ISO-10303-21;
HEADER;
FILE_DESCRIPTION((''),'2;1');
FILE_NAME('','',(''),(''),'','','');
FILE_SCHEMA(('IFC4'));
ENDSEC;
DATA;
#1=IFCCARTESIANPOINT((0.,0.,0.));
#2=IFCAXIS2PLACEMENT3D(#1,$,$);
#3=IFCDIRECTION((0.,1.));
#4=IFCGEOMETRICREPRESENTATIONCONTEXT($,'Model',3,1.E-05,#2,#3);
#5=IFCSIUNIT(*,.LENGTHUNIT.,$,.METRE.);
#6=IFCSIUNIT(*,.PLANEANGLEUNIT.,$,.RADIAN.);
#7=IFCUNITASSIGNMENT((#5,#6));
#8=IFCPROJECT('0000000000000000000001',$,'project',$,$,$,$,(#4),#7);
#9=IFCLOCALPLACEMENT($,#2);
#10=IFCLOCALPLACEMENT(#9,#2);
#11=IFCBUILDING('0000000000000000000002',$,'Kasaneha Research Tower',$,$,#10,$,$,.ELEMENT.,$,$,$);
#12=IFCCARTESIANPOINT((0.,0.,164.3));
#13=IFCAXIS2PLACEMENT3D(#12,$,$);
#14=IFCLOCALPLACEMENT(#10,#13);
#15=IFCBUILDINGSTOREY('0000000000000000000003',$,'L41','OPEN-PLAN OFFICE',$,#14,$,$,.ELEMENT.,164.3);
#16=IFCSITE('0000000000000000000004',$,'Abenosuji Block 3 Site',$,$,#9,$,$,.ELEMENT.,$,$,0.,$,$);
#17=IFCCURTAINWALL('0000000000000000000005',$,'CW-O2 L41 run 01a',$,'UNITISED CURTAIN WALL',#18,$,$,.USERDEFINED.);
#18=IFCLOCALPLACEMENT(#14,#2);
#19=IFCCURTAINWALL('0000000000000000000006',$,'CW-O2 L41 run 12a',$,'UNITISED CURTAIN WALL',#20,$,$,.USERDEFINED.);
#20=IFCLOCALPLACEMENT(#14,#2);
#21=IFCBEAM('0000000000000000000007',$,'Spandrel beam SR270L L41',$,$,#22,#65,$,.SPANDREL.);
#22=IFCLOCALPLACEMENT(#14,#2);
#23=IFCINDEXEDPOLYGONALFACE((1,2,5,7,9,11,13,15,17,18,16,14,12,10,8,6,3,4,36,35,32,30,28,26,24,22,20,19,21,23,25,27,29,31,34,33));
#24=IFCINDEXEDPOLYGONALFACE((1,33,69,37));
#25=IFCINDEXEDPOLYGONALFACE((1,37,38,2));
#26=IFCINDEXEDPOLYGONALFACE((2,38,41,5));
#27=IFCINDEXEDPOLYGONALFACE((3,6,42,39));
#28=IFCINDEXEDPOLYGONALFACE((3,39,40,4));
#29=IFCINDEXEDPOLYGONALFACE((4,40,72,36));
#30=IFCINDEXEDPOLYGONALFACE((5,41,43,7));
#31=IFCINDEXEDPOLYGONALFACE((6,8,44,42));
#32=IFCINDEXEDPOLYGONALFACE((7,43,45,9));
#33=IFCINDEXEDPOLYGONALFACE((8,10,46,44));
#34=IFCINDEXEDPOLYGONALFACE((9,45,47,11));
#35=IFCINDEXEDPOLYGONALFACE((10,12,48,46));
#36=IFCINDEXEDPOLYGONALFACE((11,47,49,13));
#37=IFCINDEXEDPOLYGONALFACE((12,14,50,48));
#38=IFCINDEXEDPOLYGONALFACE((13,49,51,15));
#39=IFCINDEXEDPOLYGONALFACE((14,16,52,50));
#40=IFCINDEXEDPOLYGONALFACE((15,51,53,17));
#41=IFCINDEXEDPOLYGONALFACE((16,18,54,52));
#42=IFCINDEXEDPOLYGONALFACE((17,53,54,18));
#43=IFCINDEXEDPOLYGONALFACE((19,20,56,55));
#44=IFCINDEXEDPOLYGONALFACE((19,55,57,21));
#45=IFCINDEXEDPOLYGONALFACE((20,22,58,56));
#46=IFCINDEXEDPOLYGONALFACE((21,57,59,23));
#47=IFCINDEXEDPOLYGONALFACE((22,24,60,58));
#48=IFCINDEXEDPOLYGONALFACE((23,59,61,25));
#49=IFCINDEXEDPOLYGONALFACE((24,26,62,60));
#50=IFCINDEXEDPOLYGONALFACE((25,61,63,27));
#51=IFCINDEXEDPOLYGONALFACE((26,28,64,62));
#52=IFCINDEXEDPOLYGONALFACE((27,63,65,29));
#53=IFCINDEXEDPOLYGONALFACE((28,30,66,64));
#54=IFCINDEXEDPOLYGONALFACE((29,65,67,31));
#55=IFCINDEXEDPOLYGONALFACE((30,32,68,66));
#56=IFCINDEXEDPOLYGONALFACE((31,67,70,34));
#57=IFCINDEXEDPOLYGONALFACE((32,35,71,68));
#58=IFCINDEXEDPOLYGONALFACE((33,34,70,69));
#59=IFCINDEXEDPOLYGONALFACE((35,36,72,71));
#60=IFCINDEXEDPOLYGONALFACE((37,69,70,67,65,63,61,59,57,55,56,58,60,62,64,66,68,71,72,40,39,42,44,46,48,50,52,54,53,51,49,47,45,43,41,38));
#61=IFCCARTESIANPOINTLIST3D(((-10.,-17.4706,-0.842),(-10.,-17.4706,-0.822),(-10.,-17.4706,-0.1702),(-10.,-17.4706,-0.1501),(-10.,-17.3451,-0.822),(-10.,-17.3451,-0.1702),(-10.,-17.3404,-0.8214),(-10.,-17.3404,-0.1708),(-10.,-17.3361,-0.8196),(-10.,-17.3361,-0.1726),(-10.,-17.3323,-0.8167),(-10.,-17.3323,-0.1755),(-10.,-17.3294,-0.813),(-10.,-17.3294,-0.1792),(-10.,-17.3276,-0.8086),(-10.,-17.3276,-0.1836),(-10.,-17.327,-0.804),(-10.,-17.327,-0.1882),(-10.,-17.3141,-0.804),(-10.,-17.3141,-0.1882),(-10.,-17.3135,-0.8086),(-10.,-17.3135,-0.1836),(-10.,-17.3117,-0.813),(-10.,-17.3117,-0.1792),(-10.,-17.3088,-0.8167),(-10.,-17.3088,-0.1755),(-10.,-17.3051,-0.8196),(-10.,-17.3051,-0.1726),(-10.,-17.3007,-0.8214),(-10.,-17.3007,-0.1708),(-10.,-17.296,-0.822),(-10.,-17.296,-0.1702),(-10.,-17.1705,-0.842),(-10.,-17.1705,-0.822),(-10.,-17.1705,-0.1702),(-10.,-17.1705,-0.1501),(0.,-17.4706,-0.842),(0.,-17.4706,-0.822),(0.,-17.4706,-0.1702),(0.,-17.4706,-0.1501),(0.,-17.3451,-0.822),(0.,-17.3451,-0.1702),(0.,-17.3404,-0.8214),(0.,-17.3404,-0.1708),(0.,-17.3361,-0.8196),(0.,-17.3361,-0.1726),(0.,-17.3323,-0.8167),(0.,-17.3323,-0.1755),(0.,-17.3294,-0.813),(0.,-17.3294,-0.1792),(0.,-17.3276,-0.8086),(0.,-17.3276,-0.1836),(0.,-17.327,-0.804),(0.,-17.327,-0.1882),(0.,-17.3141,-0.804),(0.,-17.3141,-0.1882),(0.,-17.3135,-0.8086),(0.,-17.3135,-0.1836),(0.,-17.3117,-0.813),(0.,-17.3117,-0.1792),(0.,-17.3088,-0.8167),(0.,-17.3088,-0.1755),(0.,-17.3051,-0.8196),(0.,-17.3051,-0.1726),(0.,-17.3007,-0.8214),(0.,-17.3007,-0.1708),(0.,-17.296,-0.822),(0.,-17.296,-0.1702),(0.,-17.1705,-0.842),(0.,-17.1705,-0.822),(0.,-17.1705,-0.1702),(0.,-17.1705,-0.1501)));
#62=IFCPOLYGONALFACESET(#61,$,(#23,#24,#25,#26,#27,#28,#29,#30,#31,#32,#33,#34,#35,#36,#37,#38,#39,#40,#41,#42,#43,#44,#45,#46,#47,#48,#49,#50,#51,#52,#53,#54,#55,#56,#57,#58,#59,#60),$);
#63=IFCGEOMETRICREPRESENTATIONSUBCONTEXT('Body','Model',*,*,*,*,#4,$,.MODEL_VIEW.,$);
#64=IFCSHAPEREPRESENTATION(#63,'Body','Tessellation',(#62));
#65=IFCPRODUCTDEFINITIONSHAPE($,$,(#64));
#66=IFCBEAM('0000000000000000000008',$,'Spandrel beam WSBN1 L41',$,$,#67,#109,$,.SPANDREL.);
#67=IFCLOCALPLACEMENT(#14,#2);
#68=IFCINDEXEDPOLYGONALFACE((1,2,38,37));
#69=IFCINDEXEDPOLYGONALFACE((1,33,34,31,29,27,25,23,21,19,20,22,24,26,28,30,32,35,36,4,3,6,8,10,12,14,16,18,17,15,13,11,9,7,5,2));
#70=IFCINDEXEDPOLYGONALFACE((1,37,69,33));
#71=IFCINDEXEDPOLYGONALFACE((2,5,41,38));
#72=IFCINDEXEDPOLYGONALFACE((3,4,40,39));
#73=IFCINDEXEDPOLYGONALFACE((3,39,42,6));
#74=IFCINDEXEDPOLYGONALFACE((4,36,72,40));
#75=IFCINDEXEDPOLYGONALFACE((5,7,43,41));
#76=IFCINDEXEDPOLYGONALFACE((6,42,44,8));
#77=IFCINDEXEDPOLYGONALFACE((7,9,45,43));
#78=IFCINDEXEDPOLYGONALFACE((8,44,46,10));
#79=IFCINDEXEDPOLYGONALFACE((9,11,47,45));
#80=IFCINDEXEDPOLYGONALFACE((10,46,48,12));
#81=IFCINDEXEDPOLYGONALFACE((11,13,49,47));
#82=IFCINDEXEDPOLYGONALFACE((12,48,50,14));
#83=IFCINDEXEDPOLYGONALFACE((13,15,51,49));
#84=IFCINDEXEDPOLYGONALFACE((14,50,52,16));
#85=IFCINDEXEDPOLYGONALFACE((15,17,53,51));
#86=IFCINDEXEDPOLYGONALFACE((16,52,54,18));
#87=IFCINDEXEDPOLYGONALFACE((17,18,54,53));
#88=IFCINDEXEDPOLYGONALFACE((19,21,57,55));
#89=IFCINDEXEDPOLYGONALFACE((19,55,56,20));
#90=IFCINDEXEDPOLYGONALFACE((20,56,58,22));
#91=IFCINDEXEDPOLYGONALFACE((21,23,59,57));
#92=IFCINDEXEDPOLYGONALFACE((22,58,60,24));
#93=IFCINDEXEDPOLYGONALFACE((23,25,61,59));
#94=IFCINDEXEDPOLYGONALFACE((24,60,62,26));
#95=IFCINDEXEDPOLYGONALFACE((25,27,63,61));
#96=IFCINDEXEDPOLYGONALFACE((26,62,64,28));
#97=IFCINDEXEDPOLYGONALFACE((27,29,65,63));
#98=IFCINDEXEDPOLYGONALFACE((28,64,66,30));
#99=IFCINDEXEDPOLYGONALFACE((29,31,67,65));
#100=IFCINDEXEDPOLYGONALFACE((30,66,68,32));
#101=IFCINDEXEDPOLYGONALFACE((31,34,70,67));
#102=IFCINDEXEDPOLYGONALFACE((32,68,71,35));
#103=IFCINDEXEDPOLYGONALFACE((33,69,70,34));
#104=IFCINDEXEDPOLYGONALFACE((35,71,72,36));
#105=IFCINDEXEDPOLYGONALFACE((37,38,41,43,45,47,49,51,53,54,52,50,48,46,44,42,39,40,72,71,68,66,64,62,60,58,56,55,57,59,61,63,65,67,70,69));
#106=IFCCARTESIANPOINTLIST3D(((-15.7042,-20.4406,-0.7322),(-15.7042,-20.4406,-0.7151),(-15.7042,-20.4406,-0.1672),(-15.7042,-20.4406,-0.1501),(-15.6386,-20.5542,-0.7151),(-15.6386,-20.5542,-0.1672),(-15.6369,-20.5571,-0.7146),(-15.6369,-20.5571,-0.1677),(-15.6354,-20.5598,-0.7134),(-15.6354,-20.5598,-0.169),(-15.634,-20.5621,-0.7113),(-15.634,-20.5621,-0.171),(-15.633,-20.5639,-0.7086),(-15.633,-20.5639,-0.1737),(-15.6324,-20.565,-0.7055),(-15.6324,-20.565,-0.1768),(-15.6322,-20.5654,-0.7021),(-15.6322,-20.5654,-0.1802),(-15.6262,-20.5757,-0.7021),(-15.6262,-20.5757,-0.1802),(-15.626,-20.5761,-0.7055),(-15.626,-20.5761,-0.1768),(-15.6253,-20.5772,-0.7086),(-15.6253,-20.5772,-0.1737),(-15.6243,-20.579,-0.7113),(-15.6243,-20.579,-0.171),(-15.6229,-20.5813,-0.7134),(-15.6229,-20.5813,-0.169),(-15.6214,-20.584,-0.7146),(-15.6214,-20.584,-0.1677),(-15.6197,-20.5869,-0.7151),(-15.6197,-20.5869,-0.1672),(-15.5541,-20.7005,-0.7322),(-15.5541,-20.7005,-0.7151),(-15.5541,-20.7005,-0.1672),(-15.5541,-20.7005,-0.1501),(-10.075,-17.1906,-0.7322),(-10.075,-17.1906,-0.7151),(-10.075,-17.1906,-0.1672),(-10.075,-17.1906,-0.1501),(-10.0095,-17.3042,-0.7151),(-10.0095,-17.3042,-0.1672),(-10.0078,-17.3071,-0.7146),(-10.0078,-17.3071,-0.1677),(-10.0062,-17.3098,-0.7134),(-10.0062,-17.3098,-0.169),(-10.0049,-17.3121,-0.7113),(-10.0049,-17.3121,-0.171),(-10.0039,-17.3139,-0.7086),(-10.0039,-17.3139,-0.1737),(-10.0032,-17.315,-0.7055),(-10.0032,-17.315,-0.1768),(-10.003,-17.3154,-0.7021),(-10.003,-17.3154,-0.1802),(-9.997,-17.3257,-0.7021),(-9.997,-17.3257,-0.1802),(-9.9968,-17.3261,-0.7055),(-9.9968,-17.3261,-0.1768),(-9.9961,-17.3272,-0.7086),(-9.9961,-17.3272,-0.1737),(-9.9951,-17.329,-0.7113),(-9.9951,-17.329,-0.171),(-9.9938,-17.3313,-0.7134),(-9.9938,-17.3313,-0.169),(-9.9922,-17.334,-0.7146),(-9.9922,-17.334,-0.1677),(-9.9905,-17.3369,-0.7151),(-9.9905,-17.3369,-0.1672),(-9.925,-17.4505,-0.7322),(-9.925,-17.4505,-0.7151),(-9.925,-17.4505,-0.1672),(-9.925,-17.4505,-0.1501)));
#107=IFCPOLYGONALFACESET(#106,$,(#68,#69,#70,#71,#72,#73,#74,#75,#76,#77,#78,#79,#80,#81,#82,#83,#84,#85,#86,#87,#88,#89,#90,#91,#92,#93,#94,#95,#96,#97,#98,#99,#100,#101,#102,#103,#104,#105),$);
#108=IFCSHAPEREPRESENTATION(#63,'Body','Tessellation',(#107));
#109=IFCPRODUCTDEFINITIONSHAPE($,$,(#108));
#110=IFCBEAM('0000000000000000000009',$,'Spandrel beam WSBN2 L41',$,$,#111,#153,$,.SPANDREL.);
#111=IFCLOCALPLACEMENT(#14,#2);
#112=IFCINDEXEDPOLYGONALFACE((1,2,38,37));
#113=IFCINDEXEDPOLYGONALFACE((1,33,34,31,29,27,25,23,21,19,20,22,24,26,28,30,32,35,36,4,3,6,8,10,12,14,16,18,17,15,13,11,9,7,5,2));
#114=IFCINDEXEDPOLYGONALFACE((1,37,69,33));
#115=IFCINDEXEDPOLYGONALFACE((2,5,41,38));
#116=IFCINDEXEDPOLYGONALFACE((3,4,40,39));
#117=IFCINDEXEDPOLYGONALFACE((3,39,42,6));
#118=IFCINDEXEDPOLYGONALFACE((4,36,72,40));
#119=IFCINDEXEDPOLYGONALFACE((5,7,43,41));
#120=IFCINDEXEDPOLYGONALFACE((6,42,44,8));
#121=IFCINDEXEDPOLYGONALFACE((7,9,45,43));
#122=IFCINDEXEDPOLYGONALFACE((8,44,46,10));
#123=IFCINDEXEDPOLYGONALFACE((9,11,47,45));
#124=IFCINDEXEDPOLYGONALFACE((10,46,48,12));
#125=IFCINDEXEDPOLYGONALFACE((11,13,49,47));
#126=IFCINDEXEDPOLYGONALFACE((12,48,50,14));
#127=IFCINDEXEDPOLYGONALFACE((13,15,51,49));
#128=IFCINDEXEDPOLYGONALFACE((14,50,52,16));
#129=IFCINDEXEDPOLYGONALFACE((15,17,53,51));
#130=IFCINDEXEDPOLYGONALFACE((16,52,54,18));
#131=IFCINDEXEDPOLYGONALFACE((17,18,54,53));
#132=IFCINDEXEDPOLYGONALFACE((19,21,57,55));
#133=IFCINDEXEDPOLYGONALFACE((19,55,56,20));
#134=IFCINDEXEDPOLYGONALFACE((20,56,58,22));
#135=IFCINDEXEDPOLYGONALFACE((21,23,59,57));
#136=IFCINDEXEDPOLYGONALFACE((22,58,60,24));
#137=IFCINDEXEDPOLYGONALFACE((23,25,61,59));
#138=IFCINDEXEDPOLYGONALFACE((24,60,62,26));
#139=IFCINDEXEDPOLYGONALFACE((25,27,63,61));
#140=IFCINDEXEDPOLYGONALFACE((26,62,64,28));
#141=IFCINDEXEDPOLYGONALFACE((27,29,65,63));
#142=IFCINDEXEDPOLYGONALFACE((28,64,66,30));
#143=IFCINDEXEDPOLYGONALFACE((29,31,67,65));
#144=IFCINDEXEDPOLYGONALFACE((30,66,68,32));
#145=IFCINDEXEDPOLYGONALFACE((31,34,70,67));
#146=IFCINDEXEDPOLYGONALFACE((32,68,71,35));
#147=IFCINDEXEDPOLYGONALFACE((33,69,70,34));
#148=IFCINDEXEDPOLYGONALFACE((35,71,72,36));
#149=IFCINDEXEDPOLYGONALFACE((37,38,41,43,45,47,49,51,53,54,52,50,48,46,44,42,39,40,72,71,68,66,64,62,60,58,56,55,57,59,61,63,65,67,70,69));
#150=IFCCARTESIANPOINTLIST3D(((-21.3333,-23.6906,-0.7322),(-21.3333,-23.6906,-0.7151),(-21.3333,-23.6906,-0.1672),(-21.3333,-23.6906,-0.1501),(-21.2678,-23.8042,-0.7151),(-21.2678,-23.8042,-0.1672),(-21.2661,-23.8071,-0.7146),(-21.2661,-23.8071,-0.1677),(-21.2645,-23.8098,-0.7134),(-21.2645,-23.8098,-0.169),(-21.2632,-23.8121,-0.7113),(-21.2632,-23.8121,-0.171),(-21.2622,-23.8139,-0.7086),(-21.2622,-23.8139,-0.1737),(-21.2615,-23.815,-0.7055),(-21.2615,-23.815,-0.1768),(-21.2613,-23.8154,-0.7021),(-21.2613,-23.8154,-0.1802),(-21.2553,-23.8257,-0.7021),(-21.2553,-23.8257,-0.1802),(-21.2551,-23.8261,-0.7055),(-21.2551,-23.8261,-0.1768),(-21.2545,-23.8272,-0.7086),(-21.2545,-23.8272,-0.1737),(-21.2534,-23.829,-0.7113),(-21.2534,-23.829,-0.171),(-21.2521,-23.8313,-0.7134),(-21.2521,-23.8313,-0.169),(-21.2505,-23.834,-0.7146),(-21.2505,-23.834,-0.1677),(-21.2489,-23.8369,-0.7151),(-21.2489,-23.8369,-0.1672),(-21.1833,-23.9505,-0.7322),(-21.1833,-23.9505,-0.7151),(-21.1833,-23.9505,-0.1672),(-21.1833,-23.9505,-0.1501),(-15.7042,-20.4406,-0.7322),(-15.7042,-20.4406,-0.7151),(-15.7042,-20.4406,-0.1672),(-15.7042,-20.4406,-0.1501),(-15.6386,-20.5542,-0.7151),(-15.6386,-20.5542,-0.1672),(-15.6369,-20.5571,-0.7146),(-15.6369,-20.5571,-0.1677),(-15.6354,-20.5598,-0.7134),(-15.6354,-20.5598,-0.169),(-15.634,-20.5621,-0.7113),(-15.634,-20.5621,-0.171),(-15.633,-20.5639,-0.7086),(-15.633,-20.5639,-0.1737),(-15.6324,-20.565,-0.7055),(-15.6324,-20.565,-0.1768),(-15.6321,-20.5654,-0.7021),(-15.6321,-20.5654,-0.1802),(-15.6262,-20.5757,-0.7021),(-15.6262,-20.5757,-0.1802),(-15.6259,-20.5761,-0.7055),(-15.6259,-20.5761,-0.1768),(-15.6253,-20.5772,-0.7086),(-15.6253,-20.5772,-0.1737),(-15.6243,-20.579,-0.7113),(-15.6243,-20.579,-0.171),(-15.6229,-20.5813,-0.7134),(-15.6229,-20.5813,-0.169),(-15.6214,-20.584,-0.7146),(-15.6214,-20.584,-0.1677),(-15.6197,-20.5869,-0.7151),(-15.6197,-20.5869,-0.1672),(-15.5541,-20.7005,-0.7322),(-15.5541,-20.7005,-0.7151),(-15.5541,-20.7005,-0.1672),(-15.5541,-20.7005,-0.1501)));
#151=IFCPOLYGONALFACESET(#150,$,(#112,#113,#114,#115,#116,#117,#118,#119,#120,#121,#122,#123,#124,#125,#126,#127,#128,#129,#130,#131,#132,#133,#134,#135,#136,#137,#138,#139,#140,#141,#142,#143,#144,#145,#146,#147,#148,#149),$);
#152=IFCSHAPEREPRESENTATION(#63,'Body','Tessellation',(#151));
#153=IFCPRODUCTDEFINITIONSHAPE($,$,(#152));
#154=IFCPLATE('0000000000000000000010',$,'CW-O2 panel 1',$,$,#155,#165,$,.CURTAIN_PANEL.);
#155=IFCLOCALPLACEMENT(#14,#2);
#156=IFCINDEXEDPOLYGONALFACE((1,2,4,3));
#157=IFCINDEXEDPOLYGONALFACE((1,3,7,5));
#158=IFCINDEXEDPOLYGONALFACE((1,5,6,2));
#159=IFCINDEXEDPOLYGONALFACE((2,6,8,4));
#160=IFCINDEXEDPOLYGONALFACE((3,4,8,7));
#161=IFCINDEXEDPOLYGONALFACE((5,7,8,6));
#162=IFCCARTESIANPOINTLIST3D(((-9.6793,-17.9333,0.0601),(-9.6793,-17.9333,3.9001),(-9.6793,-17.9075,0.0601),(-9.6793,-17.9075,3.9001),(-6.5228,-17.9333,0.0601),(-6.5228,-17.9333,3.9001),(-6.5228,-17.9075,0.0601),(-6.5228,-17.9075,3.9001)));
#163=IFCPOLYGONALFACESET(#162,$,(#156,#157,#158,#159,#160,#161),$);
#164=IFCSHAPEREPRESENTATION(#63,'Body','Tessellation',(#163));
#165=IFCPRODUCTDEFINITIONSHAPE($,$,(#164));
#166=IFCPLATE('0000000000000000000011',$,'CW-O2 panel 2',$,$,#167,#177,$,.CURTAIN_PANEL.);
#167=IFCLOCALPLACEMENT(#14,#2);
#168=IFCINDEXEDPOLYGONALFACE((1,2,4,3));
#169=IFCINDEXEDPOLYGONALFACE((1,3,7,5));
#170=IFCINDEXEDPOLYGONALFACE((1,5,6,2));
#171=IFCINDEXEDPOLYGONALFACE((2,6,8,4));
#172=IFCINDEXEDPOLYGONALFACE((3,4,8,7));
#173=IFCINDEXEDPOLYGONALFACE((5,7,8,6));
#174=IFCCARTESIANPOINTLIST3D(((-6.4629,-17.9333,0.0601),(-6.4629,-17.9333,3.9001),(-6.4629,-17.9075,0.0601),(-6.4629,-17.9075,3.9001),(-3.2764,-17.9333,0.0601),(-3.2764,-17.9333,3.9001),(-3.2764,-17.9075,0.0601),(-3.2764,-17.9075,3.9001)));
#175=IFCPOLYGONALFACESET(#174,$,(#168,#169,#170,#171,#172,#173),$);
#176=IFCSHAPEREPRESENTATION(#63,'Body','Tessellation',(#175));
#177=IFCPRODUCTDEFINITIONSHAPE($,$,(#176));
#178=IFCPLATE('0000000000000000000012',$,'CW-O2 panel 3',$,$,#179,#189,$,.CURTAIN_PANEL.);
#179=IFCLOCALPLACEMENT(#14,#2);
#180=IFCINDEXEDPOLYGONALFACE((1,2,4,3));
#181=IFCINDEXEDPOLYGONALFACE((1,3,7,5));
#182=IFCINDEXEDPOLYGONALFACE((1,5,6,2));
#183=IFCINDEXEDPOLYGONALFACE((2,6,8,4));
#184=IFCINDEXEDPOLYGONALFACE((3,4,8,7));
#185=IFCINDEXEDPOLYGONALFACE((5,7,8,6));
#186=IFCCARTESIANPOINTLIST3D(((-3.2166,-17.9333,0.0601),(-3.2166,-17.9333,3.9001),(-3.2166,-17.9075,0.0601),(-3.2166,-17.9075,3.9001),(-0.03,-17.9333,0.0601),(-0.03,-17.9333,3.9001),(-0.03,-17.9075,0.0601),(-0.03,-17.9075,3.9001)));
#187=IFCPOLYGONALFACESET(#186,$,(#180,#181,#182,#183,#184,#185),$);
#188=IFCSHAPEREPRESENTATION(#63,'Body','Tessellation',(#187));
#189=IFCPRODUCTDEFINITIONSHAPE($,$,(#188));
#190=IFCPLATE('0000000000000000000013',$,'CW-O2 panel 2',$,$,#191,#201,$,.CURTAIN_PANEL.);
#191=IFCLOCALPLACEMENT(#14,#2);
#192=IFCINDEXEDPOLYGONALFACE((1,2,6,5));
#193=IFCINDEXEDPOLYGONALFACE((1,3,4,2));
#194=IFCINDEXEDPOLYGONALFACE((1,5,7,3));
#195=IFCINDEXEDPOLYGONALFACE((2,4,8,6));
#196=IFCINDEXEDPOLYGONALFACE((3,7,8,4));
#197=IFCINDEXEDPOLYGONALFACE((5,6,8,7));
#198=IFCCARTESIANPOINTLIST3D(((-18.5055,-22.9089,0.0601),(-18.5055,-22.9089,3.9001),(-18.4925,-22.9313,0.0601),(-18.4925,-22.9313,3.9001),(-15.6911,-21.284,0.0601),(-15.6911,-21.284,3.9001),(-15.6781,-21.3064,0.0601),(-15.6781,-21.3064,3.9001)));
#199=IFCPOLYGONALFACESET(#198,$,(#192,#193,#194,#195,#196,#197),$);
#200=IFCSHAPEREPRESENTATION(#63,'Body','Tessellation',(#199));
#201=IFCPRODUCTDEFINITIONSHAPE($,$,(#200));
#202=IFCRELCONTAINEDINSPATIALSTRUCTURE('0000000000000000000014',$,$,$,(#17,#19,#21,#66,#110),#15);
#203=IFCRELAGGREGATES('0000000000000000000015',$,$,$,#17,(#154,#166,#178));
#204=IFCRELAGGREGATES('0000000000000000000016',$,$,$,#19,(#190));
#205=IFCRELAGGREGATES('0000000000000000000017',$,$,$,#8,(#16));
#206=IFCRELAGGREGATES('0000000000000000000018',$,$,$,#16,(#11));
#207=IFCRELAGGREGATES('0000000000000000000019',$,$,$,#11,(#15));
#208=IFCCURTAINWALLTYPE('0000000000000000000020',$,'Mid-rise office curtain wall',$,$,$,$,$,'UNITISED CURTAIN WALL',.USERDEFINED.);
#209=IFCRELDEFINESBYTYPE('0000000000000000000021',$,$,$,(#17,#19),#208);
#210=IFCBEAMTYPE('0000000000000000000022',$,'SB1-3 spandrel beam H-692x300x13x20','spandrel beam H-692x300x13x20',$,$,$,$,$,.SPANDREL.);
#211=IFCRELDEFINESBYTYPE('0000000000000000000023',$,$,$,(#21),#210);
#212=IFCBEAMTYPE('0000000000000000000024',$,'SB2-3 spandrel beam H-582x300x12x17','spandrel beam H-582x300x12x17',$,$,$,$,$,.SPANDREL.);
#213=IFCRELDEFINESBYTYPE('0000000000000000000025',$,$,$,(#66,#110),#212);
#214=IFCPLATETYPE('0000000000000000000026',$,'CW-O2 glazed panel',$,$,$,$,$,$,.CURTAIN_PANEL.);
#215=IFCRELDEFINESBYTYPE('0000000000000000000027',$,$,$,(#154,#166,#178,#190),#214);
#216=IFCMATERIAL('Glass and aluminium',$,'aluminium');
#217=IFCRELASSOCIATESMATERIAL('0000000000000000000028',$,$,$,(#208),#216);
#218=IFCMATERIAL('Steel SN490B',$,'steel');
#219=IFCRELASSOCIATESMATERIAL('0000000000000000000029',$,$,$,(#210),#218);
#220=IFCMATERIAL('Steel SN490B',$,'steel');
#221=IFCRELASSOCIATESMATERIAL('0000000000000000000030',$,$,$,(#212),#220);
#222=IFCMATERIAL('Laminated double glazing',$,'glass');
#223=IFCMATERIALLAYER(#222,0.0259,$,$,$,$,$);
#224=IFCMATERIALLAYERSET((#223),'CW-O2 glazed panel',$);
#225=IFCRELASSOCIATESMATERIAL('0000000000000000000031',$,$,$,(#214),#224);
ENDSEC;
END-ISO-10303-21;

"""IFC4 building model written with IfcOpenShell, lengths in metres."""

from ifc_helpers import new_model, si_unit, direction, frame, origin, origin_2d, place, context, subcontext, project, spatial, rectangle, i_section, extrude, material, layer, layer_set, material_profile, profile_set, type_object, element, aggregate, save


model = new_model("IFC4")

# Units and contexts
model_context = context("Model", 3, precision=1e-05, world=origin(), true_north=direction((0.0, 1.0)))
body_context = subcontext(model_context, "Body", "Model", "MODEL_VIEW")
ifc_project = project(units=[si_unit("LENGTHUNIT", "METRE"), si_unit("PLANEANGLEUNIT", "RADIAN")], contexts=[model_context])

# Site, building, storey
site_placement = place(None, origin())
site = spatial("IfcSite", under=ifc_project, at=site_placement, Name="Abenosuji Block 3 Site", CompositionType="ELEMENT", RefElevation=0.0)
building_placement = place(site_placement, origin())
building = spatial("IfcBuilding", under=site, at=building_placement, Name="Kasaneha Research Tower", CompositionType="ELEMENT")
storey_placement = place(building_placement, frame((0.0, 0.0, 164.3)))
storey = spatial("IfcBuildingStorey", under=building, at=storey_placement, Name="L41", Description="OPEN-PLAN OFFICE", CompositionType="ELEMENT", Elevation=164.3)

# Curtain walls
ifc_material_1 = material(Name="Glass and aluminium", Category="aluminium")
curtain_wall_type = type_object("IfcCurtainWallType", Name="Mid-rise office curtain wall", ElementType="UNITISED CURTAIN WALL", PredefinedType="USERDEFINED", material=ifc_material_1)
curtain_wall_1_placement = place(storey_placement, origin())
curtain_wall_1 = element("IfcCurtainWall", 1, at=curtain_wall_1_placement, inside=storey, type_object=curtain_wall_type, Name="CW-O2 L41 run 01a", ObjectType="UNITISED CURTAIN WALL", PredefinedType="USERDEFINED")
curtain_wall_2_placement = place(storey_placement, origin())
curtain_wall_2 = element("IfcCurtainWall", 2, at=curtain_wall_2_placement, inside=storey, type_object=curtain_wall_type, Name="CW-O2 L41 run 12a", ObjectType="UNITISED CURTAIN WALL", PredefinedType="USERDEFINED")

# Beams
ifc_material_2 = material(Name="Steel SN490B", Category="steel")
ifc_material_profile_1 = material_profile(ifc_material_2, i_section(OverallWidth=0.3, OverallDepth=0.6919, WebThickness=0.0129, FlangeThickness=0.02, FilletRadius=0.0181, at=origin_2d()), Name="H-692x300x13x20")
ifc_profile_set_1 = profile_set([ifc_material_profile_1], Name="Steel SN490B")
beam_type_1 = type_object("IfcBeamType", Name="SB1-3 spandrel beam H-692x300x13x20", Description="spandrel beam H-692x300x13x20", PredefinedType="SPANDREL", material=ifc_profile_set_1)
beam_1_placement = place(storey_placement, frame((-10.0, -17.3206, -0.4961), z_axis=(1.0, 0.0, 0.0), x_axis=(0.0, 1.0, 0.0)))
element("IfcBeam", 3, at=beam_1_placement, inside=storey, type_object=beam_type_1, Name="Spandrel beam SR270L L41", PredefinedType="SPANDREL", context=body_context, shape_type="SweptSolid", body=[
    extrude(i_section(OverallWidth=0.3, OverallDepth=0.6919, WebThickness=0.0129, FlangeThickness=0.02, FilletRadius=0.0181, at=origin_2d()), origin(), (0.0, 0.0, 1.0), 10.0),
])
ifc_material_3 = material(Name="Steel SN490B", Category="steel")
ifc_material_profile_2 = material_profile(ifc_material_3, i_section(OverallWidth=0.3, OverallDepth=0.582, WebThickness=0.012, FlangeThickness=0.0171, FilletRadius=0.0129, at=origin_2d()), Name="H-582x300x12x17")
ifc_profile_set_2 = profile_set([ifc_material_profile_2], Name="Steel SN490B")
beam_type_2 = type_object("IfcBeamType", Name="SB2-3 spandrel beam H-582x300x12x17", Description="spandrel beam H-582x300x12x17", PredefinedType="SPANDREL", material=ifc_profile_set_2)
for number, where, z_axis, x_axis, name in (
    (4, (-10.0, -17.3206, -0.4412), (-0.866025, -0.500001, 0.0), (0.500001, -0.866025, 0.0), "Spandrel beam WSBN1 L41"),
    (5, (-15.6292, -20.5706, -0.4412), (-0.866025, -0.500001, 0.0), (0.500001, -0.866025, 0.0), "Spandrel beam WSBN2 L41"),
):
    element("IfcBeam", number, at=place(storey_placement, frame(where, z_axis=z_axis, x_axis=x_axis)), inside=storey, type_object=beam_type_2, Name=name, PredefinedType="SPANDREL", context=body_context, shape_type="SweptSolid", body=[
        extrude(i_section(OverallWidth=0.3, OverallDepth=0.582, WebThickness=0.012, FlangeThickness=0.0171, FilletRadius=0.0129, at=origin_2d()), origin(), (0.0, 0.0, 1.0), 6.5),
    ])

# Plates
ifc_material_4 = material(Name="Laminated double glazing", Category="glass")
ifc_layer_1 = layer(ifc_material_4, 0.0259)
ifc_layer_set_1 = layer_set([ifc_layer_1], Name="CW-O2 glazed panel")
plate_type = type_object("IfcPlateType", Name="CW-O2 glazed panel", PredefinedType="CURTAIN_PANEL", material=ifc_layer_set_1)
plate_1_placement = place(storey_placement, frame((-8.1011, -17.9204, 0.0601), z_axis=(0.0, 0.0, 1.0), x_axis=(1.0, 0.0, 0.0)))
plate_1 = element("IfcPlate", 6, at=plate_1_placement, type_object=plate_type, Name="CW-O2 panel 1", PredefinedType="CURTAIN_PANEL", context=body_context, shape_type="SweptSolid", body=[
    extrude(rectangle(XDim=3.1565, YDim=0.0259, at=origin_2d()), origin(), (0.0, 0.0, 1.0), 3.8401),
])
plate_2_placement = place(storey_placement, frame((-4.8696, -17.9204, 0.0601), z_axis=(0.0, 0.0, 1.0), x_axis=(1.0, 0.0, 0.0)))
plate_2 = element("IfcPlate", 7, at=plate_2_placement, type_object=plate_type, Name="CW-O2 panel 2", PredefinedType="CURTAIN_PANEL", context=body_context, shape_type="SweptSolid", body=[
    extrude(rectangle(XDim=3.1865, YDim=0.0259, at=origin_2d()), origin(), (0.0, 0.0, 1.0), 3.8401),
])
plate_3_placement = place(storey_placement, frame((-1.6233, -17.9204, 0.0601), z_axis=(0.0, 0.0, 1.0), x_axis=(1.0, 0.0, 0.0)))
plate_3 = element("IfcPlate", 8, at=plate_3_placement, type_object=plate_type, Name="CW-O2 panel 3", PredefinedType="CURTAIN_PANEL", context=body_context, shape_type="SweptSolid", body=[
    extrude(rectangle(XDim=3.1865, YDim=0.0259, at=origin_2d()), origin(), (0.0, 0.0, 1.0), 3.8401),
])
aggregate(curtain_wall_1, [plate_1, plate_2, plate_3])
plate_4_placement = place(storey_placement, frame((-17.0918, -22.1077, 0.0601), z_axis=(0.0, 0.0, 1.0), x_axis=(0.866025, 0.5, 0.0)))
plate_4 = element("IfcPlate", 9, at=plate_4_placement, type_object=plate_type, Name="CW-O2 panel 2", PredefinedType="CURTAIN_PANEL", context=body_context, shape_type="SweptSolid", body=[
    extrude(rectangle(XDim=3.2498, YDim=0.0259, at=origin_2d()), origin(), (0.0, 0.0, 1.0), 3.8401),
])
aggregate(curtain_wall_2, [plate_4])

save(model, "model.ifc")
